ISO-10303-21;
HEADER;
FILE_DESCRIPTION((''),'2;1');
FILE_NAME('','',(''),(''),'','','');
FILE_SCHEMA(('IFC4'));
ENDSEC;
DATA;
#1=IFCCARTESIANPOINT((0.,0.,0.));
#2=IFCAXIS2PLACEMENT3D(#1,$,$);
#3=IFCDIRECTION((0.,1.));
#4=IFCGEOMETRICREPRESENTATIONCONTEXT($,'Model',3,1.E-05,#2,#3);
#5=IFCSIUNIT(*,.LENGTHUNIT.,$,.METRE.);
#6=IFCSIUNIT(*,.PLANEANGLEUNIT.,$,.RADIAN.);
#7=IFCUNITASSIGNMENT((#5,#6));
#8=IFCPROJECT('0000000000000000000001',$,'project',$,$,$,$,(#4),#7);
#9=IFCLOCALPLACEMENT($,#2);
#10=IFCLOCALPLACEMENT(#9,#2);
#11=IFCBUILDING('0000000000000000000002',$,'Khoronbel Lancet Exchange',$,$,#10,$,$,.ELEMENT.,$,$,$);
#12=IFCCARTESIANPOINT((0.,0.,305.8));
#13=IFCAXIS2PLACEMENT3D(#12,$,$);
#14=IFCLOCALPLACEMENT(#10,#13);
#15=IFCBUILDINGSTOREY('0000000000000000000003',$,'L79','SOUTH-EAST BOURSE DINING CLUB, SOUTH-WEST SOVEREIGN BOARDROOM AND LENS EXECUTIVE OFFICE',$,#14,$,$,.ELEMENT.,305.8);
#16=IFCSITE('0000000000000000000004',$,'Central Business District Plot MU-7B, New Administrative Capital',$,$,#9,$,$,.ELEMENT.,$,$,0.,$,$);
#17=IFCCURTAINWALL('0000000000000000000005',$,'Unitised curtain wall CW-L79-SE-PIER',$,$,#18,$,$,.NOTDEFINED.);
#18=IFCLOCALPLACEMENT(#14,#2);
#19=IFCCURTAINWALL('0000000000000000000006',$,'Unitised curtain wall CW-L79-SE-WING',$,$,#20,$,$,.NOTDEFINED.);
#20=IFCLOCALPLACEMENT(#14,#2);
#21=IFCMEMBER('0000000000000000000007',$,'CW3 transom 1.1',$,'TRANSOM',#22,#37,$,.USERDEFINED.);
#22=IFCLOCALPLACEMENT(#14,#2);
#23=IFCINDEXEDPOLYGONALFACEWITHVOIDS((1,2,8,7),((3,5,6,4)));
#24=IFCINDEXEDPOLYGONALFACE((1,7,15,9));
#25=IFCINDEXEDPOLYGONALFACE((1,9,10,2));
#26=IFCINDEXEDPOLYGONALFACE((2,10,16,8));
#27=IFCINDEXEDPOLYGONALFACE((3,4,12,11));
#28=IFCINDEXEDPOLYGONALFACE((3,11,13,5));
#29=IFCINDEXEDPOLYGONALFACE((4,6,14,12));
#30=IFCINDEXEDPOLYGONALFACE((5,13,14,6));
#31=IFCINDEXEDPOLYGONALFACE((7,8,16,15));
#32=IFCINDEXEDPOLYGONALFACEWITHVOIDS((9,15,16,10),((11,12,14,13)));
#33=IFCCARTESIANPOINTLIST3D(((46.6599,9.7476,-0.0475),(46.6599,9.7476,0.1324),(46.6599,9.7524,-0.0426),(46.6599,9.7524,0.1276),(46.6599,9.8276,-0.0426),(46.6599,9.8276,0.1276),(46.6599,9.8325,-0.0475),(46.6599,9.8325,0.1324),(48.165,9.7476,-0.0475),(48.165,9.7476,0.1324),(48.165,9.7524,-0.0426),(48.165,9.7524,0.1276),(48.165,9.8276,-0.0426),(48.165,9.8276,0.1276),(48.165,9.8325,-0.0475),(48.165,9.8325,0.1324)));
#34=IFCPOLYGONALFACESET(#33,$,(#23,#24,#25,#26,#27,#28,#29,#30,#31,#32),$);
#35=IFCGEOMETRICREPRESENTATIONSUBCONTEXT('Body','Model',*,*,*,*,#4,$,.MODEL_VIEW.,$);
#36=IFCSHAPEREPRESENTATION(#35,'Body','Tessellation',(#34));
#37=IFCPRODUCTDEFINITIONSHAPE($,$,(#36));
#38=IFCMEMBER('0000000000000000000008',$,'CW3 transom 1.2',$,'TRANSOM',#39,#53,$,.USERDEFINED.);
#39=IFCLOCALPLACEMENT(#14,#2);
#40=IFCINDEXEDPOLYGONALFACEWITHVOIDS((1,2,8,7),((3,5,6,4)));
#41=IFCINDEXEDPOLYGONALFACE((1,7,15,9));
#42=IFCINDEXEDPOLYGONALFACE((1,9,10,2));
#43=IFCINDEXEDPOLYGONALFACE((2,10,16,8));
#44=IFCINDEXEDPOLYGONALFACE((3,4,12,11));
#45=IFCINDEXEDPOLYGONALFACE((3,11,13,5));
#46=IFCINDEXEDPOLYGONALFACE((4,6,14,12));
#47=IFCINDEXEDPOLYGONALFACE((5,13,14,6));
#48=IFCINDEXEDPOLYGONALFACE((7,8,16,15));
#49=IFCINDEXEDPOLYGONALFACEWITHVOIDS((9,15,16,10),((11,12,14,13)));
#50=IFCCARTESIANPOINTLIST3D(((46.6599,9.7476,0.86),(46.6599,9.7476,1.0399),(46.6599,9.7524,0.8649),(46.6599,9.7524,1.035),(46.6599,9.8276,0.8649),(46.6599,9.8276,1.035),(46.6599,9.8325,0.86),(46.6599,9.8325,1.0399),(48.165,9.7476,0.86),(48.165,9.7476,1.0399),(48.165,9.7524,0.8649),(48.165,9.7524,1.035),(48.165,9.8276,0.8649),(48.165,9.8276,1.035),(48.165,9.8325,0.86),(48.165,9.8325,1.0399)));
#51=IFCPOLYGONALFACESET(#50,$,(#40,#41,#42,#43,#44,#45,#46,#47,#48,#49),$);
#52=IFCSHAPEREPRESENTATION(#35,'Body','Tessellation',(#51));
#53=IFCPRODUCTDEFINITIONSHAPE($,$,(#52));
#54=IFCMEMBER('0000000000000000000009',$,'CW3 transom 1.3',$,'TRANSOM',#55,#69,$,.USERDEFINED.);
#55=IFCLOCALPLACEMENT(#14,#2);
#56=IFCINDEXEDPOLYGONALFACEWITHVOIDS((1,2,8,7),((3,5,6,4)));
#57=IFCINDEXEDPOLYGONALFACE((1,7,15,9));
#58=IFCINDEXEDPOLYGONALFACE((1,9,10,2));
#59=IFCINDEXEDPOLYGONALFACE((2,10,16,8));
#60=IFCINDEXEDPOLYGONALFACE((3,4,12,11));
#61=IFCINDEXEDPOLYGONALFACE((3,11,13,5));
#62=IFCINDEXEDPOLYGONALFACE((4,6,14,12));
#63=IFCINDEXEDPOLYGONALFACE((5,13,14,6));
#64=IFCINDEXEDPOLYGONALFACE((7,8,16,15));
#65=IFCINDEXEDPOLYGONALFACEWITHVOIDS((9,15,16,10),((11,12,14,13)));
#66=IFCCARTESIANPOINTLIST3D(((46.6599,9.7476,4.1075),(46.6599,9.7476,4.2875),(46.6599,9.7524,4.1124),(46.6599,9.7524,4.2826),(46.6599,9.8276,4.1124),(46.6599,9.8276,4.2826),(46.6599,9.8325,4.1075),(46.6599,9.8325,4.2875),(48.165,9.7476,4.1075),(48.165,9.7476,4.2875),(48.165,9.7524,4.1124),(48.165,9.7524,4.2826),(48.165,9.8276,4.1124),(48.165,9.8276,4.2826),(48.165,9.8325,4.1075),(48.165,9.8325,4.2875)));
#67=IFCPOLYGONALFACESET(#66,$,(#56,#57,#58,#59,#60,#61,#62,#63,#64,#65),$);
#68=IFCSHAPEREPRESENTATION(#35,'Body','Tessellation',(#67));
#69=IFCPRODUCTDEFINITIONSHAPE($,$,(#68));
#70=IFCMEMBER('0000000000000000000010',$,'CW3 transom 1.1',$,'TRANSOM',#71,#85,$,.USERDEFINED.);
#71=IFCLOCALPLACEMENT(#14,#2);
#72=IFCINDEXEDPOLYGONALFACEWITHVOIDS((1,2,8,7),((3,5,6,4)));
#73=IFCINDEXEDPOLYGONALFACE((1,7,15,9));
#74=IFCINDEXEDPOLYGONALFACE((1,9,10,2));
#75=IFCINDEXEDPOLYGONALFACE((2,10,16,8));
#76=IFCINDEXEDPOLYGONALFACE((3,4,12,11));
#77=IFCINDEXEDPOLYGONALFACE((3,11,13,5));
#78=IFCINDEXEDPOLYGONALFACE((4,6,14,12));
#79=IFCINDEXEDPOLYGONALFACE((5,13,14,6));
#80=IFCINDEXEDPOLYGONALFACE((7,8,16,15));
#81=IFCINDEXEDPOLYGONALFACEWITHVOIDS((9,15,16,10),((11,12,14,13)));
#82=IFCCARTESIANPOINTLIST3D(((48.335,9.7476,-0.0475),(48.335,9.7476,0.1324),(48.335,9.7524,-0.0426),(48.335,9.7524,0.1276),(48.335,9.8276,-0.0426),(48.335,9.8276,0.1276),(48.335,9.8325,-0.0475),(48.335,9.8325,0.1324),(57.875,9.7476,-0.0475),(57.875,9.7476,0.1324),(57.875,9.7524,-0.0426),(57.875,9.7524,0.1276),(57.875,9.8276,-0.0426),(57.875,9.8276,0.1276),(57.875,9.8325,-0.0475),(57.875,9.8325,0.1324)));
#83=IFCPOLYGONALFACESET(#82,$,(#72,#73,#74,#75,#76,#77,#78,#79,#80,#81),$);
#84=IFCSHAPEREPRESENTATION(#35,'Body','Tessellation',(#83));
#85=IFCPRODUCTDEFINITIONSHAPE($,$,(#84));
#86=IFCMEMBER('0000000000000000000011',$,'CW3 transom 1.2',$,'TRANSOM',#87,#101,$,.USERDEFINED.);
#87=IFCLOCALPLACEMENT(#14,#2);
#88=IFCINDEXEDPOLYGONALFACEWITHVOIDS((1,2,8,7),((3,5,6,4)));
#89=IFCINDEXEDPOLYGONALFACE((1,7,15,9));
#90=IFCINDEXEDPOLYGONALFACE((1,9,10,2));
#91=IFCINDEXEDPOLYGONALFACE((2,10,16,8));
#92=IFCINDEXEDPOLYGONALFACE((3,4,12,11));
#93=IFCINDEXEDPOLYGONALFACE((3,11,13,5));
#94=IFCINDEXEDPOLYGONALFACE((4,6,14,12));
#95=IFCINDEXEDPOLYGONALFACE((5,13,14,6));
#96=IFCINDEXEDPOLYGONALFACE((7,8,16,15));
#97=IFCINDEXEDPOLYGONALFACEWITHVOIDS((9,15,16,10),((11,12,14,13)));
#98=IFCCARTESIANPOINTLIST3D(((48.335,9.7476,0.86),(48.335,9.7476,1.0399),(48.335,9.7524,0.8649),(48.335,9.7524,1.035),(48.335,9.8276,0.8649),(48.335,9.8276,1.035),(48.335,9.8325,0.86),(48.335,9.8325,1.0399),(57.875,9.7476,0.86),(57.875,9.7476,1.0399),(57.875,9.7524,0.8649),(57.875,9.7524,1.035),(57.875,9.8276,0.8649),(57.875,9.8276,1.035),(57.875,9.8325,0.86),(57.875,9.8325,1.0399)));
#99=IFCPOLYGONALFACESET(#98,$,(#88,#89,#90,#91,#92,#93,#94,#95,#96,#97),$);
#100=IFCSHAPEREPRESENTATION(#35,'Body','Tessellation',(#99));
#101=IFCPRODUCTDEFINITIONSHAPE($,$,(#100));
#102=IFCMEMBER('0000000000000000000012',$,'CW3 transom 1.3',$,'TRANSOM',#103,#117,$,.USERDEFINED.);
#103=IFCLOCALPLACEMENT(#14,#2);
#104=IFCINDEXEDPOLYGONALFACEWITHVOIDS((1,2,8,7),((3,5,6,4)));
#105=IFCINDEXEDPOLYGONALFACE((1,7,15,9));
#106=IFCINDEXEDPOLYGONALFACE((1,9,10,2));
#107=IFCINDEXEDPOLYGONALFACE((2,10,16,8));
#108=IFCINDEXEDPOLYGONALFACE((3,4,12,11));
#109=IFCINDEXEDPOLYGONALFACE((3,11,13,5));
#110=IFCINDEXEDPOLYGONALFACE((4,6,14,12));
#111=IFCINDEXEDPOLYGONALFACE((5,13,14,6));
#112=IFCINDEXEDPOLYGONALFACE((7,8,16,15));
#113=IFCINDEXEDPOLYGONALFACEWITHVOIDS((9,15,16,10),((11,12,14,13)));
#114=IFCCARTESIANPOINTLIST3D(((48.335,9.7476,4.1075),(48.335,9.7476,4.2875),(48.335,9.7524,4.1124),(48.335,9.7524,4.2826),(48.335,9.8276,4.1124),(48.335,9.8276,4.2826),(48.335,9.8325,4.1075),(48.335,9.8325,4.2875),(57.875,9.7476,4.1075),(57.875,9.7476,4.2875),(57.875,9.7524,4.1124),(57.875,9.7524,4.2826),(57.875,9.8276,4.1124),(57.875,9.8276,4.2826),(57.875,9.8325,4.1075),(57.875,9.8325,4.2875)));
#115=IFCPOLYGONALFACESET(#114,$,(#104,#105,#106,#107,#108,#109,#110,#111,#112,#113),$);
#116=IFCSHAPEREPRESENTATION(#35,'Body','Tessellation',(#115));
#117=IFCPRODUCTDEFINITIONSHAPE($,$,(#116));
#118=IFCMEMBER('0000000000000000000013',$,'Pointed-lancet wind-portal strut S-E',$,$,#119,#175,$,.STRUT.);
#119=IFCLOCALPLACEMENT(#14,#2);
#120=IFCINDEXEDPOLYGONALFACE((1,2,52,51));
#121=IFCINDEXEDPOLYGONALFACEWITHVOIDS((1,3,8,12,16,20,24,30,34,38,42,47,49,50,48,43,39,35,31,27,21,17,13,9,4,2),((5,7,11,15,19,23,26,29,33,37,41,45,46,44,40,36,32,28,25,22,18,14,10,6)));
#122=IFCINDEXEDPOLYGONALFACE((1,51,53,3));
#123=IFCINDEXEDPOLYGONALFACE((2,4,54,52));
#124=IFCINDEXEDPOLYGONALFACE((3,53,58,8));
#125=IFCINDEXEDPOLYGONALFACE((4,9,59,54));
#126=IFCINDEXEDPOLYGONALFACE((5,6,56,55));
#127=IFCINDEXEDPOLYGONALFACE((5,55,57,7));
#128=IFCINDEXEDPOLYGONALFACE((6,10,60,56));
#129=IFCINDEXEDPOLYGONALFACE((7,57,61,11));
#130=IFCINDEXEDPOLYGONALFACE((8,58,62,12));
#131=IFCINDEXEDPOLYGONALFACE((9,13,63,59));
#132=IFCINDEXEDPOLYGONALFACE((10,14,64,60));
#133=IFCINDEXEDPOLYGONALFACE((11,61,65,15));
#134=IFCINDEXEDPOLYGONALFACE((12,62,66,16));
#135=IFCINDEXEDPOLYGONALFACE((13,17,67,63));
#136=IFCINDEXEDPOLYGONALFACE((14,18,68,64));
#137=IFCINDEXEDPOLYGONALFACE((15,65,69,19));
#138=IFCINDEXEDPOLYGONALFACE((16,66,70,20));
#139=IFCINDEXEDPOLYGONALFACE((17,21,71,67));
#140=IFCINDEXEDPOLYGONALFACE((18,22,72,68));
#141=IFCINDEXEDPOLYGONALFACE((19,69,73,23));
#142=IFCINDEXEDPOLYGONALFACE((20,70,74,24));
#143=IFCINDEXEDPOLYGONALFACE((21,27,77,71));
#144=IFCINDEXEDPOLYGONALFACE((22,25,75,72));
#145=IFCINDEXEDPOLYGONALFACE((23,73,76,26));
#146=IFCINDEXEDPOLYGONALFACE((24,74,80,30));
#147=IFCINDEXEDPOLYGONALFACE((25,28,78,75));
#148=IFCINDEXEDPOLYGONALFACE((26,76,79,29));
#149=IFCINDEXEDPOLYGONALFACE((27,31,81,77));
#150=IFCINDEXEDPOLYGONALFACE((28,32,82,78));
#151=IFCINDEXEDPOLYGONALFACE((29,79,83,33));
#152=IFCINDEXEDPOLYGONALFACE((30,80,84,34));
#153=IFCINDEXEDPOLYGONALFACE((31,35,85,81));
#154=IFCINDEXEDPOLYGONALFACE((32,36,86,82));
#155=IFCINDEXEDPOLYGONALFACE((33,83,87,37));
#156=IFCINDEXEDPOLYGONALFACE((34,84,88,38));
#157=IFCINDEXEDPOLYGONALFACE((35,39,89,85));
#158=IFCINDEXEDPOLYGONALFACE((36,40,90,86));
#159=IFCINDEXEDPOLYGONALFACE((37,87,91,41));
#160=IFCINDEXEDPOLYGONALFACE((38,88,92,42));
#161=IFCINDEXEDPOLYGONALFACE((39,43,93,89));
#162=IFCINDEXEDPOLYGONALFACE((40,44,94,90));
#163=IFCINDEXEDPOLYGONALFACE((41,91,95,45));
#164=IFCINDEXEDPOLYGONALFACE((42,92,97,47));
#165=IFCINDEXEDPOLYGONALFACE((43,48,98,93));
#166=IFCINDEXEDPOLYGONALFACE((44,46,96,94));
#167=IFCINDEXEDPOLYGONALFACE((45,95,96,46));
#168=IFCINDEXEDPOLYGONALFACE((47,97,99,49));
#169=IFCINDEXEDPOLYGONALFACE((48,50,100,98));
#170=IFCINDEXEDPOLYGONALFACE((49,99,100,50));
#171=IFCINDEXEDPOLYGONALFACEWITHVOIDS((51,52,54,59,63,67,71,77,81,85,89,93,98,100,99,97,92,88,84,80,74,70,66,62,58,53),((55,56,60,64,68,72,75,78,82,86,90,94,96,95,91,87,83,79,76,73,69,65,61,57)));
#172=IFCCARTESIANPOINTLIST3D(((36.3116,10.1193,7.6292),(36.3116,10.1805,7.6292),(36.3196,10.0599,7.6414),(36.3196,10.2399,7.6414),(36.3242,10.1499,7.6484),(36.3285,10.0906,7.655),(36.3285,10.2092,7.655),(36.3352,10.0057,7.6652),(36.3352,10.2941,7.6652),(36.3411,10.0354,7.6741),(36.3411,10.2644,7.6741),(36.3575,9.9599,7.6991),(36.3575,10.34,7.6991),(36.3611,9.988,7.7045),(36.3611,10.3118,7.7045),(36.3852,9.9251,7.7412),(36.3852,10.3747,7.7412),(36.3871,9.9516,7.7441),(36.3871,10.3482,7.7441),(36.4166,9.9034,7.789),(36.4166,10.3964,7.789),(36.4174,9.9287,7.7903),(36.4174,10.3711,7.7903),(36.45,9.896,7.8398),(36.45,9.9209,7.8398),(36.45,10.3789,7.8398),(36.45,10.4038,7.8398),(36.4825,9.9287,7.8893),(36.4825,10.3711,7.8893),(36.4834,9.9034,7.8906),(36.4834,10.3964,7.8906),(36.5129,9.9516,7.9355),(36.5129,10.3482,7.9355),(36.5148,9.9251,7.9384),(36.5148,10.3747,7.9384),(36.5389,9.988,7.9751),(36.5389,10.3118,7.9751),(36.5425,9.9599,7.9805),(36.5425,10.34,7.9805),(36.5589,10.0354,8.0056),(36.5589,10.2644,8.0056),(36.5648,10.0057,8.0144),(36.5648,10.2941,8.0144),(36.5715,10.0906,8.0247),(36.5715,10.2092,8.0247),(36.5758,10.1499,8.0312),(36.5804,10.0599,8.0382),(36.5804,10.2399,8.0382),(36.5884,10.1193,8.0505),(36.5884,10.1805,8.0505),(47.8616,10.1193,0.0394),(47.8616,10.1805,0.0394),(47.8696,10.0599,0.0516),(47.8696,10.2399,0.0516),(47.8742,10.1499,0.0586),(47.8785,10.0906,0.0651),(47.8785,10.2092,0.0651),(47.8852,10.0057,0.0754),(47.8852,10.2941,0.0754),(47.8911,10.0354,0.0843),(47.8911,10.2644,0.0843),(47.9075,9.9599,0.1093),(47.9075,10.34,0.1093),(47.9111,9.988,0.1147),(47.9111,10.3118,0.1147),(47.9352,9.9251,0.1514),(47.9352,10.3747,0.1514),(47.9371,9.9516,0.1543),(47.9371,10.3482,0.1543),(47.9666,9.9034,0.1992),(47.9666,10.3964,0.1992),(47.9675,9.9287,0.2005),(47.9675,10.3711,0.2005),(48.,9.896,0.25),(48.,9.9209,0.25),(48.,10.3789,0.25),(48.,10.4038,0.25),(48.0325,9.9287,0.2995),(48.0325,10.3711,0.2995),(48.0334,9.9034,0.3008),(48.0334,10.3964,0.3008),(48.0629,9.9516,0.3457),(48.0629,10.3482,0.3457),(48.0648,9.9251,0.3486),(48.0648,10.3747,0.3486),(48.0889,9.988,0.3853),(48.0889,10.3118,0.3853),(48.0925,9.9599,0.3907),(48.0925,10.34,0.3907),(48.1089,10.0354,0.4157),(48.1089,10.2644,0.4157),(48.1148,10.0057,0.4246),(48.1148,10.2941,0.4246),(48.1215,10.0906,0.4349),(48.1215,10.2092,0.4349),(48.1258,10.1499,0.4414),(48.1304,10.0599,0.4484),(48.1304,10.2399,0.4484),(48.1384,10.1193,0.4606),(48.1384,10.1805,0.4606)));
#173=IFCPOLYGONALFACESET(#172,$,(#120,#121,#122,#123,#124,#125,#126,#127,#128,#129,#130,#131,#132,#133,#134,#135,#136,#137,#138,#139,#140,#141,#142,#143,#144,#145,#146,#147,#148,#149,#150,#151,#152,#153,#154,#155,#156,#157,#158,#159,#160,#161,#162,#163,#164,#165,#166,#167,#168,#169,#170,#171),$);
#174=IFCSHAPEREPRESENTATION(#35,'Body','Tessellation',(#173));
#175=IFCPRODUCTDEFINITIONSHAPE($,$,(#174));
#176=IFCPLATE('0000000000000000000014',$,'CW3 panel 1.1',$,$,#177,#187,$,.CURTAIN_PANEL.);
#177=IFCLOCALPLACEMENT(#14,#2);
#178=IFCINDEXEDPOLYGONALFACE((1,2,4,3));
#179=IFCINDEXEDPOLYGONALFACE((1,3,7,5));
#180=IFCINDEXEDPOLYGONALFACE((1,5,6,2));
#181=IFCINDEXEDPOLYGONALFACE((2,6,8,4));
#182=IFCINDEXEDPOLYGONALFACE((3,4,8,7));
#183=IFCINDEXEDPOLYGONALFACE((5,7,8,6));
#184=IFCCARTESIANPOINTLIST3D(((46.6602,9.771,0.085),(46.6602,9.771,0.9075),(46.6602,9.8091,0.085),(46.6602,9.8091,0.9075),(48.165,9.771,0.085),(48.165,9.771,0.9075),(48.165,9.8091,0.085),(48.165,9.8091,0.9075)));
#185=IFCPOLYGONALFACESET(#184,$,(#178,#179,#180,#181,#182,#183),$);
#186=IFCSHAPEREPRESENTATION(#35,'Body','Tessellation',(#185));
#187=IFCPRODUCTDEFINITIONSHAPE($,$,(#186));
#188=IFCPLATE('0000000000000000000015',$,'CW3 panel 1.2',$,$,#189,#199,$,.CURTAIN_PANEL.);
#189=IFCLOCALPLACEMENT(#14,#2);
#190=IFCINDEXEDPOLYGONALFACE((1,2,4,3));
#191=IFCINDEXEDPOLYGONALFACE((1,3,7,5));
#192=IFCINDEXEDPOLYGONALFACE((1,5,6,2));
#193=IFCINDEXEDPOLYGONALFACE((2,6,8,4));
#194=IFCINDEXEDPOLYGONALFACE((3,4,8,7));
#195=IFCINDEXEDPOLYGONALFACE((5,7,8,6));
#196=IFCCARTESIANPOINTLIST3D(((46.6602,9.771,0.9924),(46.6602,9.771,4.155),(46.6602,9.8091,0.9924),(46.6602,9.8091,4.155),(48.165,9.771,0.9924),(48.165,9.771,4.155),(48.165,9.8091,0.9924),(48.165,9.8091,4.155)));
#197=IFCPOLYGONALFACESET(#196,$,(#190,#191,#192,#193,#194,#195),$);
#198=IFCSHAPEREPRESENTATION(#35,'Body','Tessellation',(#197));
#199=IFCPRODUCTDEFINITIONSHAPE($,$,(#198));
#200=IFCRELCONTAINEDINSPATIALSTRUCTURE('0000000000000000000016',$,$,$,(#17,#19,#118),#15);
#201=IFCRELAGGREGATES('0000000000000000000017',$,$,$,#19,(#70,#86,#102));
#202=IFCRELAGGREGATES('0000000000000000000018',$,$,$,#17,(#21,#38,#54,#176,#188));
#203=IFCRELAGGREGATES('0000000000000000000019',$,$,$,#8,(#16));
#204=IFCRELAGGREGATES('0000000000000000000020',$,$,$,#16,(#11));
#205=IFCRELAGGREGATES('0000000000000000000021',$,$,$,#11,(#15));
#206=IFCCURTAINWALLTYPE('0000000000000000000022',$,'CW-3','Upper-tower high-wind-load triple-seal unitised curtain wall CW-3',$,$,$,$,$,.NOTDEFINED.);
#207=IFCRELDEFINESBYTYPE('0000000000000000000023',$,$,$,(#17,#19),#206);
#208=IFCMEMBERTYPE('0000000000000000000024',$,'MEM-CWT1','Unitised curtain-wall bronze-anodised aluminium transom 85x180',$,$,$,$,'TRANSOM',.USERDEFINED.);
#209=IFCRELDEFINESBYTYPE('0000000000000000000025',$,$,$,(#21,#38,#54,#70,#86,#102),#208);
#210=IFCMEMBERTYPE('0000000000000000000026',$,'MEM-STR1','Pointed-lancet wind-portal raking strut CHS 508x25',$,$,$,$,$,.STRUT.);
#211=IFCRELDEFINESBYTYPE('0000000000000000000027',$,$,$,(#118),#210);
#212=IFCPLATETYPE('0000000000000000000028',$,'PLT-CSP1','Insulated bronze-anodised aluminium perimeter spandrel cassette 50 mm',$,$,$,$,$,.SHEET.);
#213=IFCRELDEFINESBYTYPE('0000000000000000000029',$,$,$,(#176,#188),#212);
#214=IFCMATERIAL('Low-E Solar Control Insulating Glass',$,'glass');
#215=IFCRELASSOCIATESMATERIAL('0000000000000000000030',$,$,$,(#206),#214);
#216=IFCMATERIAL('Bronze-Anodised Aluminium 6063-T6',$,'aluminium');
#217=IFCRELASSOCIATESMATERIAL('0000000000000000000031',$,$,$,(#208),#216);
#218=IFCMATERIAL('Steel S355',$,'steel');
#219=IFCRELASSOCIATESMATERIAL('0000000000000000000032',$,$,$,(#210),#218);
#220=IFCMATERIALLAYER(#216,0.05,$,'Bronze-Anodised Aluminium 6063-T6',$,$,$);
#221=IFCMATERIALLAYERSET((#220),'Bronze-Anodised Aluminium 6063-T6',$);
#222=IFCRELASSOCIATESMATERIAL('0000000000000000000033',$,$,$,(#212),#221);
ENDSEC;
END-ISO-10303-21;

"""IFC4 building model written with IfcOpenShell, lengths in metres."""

from ifc_helpers import new_model, si_unit, direction, frame, origin, origin_2d, place, context, subcontext, project, spatial, rectangle, hollow_rectangle, hollow_circle, extrude, material, layer, layer_set, material_profile, profile_set, type_object, element, aggregate, save


model = new_model("IFC4")

# Units and contexts
model_context = context("Model", 3, precision=1e-05, world=origin(), true_north=direction((0.0, 1.0)))
body_context = subcontext(model_context, "Body", "Model", "MODEL_VIEW")
ifc_project = project(units=[si_unit("LENGTHUNIT", "METRE"), si_unit("PLANEANGLEUNIT", "RADIAN")], contexts=[model_context])

# Site, building, storey
site_placement = place(None, origin())
site = spatial("IfcSite", under=ifc_project, at=site_placement, Name="Central Business District Plot MU-7B, New Administrative Capital", CompositionType="ELEMENT", RefElevation=0.0)
building_placement = place(site_placement, origin())
building = spatial("IfcBuilding", under=site, at=building_placement, Name="Khoronbel Lancet Exchange", CompositionType="ELEMENT")
storey_placement = place(building_placement, frame((0.0, 0.0, 305.8)))
storey = spatial("IfcBuildingStorey", under=building, at=storey_placement, Name="L79", Description="SOUTH-EAST BOURSE DINING CLUB, SOUTH-WEST SOVEREIGN BOARDROOM AND LENS EXECUTIVE OFFICE", CompositionType="ELEMENT", Elevation=305.8)

# Shared definitions
ifc_material_1 = material(Name="Steel S355", Category="steel")

# Curtain wall
ifc_material_2 = material(Name="Low-E Solar Control Insulating Glass", Category="glass")
curtain_wall_type = type_object("IfcCurtainWallType", Name="CW-3", Description="Upper-tower high-wind-load triple-seal unitised curtain wall CW-3", PredefinedType="NOTDEFINED", material=ifc_material_2)
curtain_wall_1_placement = place(storey_placement, origin())
curtain_wall_1 = element("IfcCurtainWall", 1, at=curtain_wall_1_placement, inside=storey, type_object=curtain_wall_type, Name="Unitised curtain wall CW-L79-SE-PIER", PredefinedType="NOTDEFINED")
ifc_material_3 = material(Name="Bronze-Anodised Aluminium 6063-T6", Category="aluminium")

# Curtain wall
curtain_wall_2_placement = place(storey_placement, origin())
curtain_wall_2 = element("IfcCurtainWall", 2, at=curtain_wall_2_placement, inside=storey, type_object=curtain_wall_type, Name="Unitised curtain wall CW-L79-SE-WING", PredefinedType="NOTDEFINED")

# Members
ifc_material_profile_1 = material_profile(ifc_material_3, hollow_rectangle(XDim=0.085, YDim=0.1799, WallThickness=0.0049, at=origin_2d()), Name="ALU TRANSOM 85x180")
ifc_profile_set_1 = profile_set([ifc_material_profile_1], Name="Bronze-Anodised Aluminium 6063-T6")
member_type_1 = type_object("IfcMemberType", Name="MEM-CWT1", Description="Unitised curtain-wall bronze-anodised aluminium transom 85x180", ElementType="TRANSOM", PredefinedType="USERDEFINED", material=ifc_profile_set_1)
member_1_placement = place(storey_placement, frame((46.6599, 9.79, 0.0425), z_axis=(1.0, 0.0, 0.0), x_axis=(0.0, 1.0, 0.0)))
member_1 = element("IfcMember", 3, at=member_1_placement, type_object=member_type_1, Name="CW3 transom 1.1", ObjectType="TRANSOM", PredefinedType="USERDEFINED", context=body_context, shape_type="SweptSolid", body=[
    extrude(hollow_rectangle(XDim=0.085, YDim=0.1799, WallThickness=0.0049, at=origin_2d()), origin(), (0.0, 0.0, 1.0), 1.5051),
])
member_2_placement = place(storey_placement, frame((46.6599, 9.79, 0.95), z_axis=(1.0, 0.0, 0.0), x_axis=(0.0, 1.0, 0.0)))
member_2 = element("IfcMember", 4, at=member_2_placement, type_object=member_type_1, Name="CW3 transom 1.2", ObjectType="TRANSOM", PredefinedType="USERDEFINED", context=body_context, shape_type="SweptSolid", body=[
    extrude(hollow_rectangle(XDim=0.085, YDim=0.1799, WallThickness=0.0049, at=origin_2d()), origin(), (0.0, 0.0, 1.0), 1.5051),
])
member_3_placement = place(storey_placement, frame((46.6599, 9.79, 4.1975), z_axis=(1.0, 0.0, 0.0), x_axis=(0.0, 1.0, 0.0)))
member_3 = element("IfcMember", 5, at=member_3_placement, type_object=member_type_1, Name="CW3 transom 1.3", ObjectType="TRANSOM", PredefinedType="USERDEFINED", context=body_context, shape_type="SweptSolid", body=[
    extrude(hollow_rectangle(XDim=0.085, YDim=0.1799, WallThickness=0.0049, at=origin_2d()), origin(), (0.0, 0.0, 1.0), 1.5051),
])
member_4_placement = place(storey_placement, frame((48.335, 9.79, 0.0425), z_axis=(1.0, 0.0, 0.0), x_axis=(0.0, 1.0, 0.0)))
member_4 = element("IfcMember", 6, at=member_4_placement, type_object=member_type_1, Name="CW3 transom 1.1", ObjectType="TRANSOM", PredefinedType="USERDEFINED", context=body_context, shape_type="SweptSolid", body=[
    extrude(hollow_rectangle(XDim=0.085, YDim=0.1799, WallThickness=0.0049, at=origin_2d()), origin(), (0.0, 0.0, 1.0), 9.54),
])
member_5_placement = place(storey_placement, frame((48.335, 9.79, 0.95), z_axis=(1.0, 0.0, 0.0), x_axis=(0.0, 1.0, 0.0)))
member_5 = element("IfcMember", 7, at=member_5_placement, type_object=member_type_1, Name="CW3 transom 1.2", ObjectType="TRANSOM", PredefinedType="USERDEFINED", context=body_context, shape_type="SweptSolid", body=[
    extrude(hollow_rectangle(XDim=0.085, YDim=0.1799, WallThickness=0.0049, at=origin_2d()), origin(), (0.0, 0.0, 1.0), 9.54),
])
member_6_placement = place(storey_placement, frame((48.335, 9.79, 4.1975), z_axis=(1.0, 0.0, 0.0), x_axis=(0.0, 1.0, 0.0)))
member_6 = element("IfcMember", 8, at=member_6_placement, type_object=member_type_1, Name="CW3 transom 1.3", ObjectType="TRANSOM", PredefinedType="USERDEFINED", context=body_context, shape_type="SweptSolid", body=[
    extrude(hollow_rectangle(XDim=0.085, YDim=0.1799, WallThickness=0.0049, at=origin_2d()), origin(), (0.0, 0.0, 1.0), 9.54),
])
aggregate(curtain_wall_2, [member_4, member_5, member_6])
ifc_material_profile_2 = material_profile(ifc_material_1, hollow_circle(Radius=0.2539, WallThickness=0.0249, at=origin_2d()), Name="CHS 508x25")
ifc_profile_set_2 = profile_set([ifc_material_profile_2], Name="Steel S355")
member_type_2 = type_object("IfcMemberType", Name="MEM-STR1", Description="Pointed-lancet wind-portal raking strut CHS 508x25", PredefinedType="STRUT", material=ifc_profile_set_2)
member_7_placement = place(storey_placement, frame((48.0, 10.1499, 0.25), z_axis=(-0.835712, 0.0, 0.549168), x_axis=(0.0, -1.0, 0.0)))
element("IfcMember", 9, at=member_7_placement, inside=storey, type_object=member_type_2, Name="Pointed-lancet wind-portal strut S-E", PredefinedType="STRUT", context=body_context, shape_type="SweptSolid", body=[
    extrude(hollow_circle(Radius=0.2539, WallThickness=0.0249, at=origin_2d()), origin(), (0.0, 0.0, 1.0), 13.8206),
])

# Plates
ifc_layer_1 = layer(ifc_material_3, 0.05, Name="Bronze-Anodised Aluminium 6063-T6")
ifc_layer_set_1 = layer_set([ifc_layer_1], Name="Bronze-Anodised Aluminium 6063-T6")
plate_type_1 = type_object("IfcPlateType", Name="PLT-CSP1", Description="Insulated bronze-anodised aluminium perimeter spandrel cassette 50 mm", PredefinedType="SHEET", material=ifc_layer_set_1)
plate_1_placement = place(storey_placement, frame((47.4126, 9.79, 0.085), z_axis=(0.0, 0.0, 1.0), x_axis=(1.0, 0.0, 0.0)))
plate_1 = element("IfcPlate", 10, at=plate_1_placement, type_object=plate_type_1, Name="CW3 panel 1.1", PredefinedType="CURTAIN_PANEL", context=body_context, shape_type="SweptSolid", body=[
    extrude(rectangle(XDim=1.5049, YDim=0.0381, at=origin_2d()), origin(), (0.0, 0.0, 1.0), 0.8225),
])
plate_2_placement = place(storey_placement, frame((47.4126, 9.79, 0.9924), z_axis=(0.0, 0.0, 1.0), x_axis=(1.0, 0.0, 0.0)))
plate_2 = element("IfcPlate", 11, at=plate_2_placement, type_object=plate_type_1, Name="CW3 panel 1.2", PredefinedType="CURTAIN_PANEL", context=body_context, shape_type="SweptSolid", body=[
    extrude(rectangle(XDim=1.5049, YDim=0.0381, at=origin_2d()), origin(), (0.0, 0.0, 1.0), 3.1626),
])
aggregate(curtain_wall_1, [member_1, member_2, member_3, plate_1, plate_2])

save(model, "model.ifc")
